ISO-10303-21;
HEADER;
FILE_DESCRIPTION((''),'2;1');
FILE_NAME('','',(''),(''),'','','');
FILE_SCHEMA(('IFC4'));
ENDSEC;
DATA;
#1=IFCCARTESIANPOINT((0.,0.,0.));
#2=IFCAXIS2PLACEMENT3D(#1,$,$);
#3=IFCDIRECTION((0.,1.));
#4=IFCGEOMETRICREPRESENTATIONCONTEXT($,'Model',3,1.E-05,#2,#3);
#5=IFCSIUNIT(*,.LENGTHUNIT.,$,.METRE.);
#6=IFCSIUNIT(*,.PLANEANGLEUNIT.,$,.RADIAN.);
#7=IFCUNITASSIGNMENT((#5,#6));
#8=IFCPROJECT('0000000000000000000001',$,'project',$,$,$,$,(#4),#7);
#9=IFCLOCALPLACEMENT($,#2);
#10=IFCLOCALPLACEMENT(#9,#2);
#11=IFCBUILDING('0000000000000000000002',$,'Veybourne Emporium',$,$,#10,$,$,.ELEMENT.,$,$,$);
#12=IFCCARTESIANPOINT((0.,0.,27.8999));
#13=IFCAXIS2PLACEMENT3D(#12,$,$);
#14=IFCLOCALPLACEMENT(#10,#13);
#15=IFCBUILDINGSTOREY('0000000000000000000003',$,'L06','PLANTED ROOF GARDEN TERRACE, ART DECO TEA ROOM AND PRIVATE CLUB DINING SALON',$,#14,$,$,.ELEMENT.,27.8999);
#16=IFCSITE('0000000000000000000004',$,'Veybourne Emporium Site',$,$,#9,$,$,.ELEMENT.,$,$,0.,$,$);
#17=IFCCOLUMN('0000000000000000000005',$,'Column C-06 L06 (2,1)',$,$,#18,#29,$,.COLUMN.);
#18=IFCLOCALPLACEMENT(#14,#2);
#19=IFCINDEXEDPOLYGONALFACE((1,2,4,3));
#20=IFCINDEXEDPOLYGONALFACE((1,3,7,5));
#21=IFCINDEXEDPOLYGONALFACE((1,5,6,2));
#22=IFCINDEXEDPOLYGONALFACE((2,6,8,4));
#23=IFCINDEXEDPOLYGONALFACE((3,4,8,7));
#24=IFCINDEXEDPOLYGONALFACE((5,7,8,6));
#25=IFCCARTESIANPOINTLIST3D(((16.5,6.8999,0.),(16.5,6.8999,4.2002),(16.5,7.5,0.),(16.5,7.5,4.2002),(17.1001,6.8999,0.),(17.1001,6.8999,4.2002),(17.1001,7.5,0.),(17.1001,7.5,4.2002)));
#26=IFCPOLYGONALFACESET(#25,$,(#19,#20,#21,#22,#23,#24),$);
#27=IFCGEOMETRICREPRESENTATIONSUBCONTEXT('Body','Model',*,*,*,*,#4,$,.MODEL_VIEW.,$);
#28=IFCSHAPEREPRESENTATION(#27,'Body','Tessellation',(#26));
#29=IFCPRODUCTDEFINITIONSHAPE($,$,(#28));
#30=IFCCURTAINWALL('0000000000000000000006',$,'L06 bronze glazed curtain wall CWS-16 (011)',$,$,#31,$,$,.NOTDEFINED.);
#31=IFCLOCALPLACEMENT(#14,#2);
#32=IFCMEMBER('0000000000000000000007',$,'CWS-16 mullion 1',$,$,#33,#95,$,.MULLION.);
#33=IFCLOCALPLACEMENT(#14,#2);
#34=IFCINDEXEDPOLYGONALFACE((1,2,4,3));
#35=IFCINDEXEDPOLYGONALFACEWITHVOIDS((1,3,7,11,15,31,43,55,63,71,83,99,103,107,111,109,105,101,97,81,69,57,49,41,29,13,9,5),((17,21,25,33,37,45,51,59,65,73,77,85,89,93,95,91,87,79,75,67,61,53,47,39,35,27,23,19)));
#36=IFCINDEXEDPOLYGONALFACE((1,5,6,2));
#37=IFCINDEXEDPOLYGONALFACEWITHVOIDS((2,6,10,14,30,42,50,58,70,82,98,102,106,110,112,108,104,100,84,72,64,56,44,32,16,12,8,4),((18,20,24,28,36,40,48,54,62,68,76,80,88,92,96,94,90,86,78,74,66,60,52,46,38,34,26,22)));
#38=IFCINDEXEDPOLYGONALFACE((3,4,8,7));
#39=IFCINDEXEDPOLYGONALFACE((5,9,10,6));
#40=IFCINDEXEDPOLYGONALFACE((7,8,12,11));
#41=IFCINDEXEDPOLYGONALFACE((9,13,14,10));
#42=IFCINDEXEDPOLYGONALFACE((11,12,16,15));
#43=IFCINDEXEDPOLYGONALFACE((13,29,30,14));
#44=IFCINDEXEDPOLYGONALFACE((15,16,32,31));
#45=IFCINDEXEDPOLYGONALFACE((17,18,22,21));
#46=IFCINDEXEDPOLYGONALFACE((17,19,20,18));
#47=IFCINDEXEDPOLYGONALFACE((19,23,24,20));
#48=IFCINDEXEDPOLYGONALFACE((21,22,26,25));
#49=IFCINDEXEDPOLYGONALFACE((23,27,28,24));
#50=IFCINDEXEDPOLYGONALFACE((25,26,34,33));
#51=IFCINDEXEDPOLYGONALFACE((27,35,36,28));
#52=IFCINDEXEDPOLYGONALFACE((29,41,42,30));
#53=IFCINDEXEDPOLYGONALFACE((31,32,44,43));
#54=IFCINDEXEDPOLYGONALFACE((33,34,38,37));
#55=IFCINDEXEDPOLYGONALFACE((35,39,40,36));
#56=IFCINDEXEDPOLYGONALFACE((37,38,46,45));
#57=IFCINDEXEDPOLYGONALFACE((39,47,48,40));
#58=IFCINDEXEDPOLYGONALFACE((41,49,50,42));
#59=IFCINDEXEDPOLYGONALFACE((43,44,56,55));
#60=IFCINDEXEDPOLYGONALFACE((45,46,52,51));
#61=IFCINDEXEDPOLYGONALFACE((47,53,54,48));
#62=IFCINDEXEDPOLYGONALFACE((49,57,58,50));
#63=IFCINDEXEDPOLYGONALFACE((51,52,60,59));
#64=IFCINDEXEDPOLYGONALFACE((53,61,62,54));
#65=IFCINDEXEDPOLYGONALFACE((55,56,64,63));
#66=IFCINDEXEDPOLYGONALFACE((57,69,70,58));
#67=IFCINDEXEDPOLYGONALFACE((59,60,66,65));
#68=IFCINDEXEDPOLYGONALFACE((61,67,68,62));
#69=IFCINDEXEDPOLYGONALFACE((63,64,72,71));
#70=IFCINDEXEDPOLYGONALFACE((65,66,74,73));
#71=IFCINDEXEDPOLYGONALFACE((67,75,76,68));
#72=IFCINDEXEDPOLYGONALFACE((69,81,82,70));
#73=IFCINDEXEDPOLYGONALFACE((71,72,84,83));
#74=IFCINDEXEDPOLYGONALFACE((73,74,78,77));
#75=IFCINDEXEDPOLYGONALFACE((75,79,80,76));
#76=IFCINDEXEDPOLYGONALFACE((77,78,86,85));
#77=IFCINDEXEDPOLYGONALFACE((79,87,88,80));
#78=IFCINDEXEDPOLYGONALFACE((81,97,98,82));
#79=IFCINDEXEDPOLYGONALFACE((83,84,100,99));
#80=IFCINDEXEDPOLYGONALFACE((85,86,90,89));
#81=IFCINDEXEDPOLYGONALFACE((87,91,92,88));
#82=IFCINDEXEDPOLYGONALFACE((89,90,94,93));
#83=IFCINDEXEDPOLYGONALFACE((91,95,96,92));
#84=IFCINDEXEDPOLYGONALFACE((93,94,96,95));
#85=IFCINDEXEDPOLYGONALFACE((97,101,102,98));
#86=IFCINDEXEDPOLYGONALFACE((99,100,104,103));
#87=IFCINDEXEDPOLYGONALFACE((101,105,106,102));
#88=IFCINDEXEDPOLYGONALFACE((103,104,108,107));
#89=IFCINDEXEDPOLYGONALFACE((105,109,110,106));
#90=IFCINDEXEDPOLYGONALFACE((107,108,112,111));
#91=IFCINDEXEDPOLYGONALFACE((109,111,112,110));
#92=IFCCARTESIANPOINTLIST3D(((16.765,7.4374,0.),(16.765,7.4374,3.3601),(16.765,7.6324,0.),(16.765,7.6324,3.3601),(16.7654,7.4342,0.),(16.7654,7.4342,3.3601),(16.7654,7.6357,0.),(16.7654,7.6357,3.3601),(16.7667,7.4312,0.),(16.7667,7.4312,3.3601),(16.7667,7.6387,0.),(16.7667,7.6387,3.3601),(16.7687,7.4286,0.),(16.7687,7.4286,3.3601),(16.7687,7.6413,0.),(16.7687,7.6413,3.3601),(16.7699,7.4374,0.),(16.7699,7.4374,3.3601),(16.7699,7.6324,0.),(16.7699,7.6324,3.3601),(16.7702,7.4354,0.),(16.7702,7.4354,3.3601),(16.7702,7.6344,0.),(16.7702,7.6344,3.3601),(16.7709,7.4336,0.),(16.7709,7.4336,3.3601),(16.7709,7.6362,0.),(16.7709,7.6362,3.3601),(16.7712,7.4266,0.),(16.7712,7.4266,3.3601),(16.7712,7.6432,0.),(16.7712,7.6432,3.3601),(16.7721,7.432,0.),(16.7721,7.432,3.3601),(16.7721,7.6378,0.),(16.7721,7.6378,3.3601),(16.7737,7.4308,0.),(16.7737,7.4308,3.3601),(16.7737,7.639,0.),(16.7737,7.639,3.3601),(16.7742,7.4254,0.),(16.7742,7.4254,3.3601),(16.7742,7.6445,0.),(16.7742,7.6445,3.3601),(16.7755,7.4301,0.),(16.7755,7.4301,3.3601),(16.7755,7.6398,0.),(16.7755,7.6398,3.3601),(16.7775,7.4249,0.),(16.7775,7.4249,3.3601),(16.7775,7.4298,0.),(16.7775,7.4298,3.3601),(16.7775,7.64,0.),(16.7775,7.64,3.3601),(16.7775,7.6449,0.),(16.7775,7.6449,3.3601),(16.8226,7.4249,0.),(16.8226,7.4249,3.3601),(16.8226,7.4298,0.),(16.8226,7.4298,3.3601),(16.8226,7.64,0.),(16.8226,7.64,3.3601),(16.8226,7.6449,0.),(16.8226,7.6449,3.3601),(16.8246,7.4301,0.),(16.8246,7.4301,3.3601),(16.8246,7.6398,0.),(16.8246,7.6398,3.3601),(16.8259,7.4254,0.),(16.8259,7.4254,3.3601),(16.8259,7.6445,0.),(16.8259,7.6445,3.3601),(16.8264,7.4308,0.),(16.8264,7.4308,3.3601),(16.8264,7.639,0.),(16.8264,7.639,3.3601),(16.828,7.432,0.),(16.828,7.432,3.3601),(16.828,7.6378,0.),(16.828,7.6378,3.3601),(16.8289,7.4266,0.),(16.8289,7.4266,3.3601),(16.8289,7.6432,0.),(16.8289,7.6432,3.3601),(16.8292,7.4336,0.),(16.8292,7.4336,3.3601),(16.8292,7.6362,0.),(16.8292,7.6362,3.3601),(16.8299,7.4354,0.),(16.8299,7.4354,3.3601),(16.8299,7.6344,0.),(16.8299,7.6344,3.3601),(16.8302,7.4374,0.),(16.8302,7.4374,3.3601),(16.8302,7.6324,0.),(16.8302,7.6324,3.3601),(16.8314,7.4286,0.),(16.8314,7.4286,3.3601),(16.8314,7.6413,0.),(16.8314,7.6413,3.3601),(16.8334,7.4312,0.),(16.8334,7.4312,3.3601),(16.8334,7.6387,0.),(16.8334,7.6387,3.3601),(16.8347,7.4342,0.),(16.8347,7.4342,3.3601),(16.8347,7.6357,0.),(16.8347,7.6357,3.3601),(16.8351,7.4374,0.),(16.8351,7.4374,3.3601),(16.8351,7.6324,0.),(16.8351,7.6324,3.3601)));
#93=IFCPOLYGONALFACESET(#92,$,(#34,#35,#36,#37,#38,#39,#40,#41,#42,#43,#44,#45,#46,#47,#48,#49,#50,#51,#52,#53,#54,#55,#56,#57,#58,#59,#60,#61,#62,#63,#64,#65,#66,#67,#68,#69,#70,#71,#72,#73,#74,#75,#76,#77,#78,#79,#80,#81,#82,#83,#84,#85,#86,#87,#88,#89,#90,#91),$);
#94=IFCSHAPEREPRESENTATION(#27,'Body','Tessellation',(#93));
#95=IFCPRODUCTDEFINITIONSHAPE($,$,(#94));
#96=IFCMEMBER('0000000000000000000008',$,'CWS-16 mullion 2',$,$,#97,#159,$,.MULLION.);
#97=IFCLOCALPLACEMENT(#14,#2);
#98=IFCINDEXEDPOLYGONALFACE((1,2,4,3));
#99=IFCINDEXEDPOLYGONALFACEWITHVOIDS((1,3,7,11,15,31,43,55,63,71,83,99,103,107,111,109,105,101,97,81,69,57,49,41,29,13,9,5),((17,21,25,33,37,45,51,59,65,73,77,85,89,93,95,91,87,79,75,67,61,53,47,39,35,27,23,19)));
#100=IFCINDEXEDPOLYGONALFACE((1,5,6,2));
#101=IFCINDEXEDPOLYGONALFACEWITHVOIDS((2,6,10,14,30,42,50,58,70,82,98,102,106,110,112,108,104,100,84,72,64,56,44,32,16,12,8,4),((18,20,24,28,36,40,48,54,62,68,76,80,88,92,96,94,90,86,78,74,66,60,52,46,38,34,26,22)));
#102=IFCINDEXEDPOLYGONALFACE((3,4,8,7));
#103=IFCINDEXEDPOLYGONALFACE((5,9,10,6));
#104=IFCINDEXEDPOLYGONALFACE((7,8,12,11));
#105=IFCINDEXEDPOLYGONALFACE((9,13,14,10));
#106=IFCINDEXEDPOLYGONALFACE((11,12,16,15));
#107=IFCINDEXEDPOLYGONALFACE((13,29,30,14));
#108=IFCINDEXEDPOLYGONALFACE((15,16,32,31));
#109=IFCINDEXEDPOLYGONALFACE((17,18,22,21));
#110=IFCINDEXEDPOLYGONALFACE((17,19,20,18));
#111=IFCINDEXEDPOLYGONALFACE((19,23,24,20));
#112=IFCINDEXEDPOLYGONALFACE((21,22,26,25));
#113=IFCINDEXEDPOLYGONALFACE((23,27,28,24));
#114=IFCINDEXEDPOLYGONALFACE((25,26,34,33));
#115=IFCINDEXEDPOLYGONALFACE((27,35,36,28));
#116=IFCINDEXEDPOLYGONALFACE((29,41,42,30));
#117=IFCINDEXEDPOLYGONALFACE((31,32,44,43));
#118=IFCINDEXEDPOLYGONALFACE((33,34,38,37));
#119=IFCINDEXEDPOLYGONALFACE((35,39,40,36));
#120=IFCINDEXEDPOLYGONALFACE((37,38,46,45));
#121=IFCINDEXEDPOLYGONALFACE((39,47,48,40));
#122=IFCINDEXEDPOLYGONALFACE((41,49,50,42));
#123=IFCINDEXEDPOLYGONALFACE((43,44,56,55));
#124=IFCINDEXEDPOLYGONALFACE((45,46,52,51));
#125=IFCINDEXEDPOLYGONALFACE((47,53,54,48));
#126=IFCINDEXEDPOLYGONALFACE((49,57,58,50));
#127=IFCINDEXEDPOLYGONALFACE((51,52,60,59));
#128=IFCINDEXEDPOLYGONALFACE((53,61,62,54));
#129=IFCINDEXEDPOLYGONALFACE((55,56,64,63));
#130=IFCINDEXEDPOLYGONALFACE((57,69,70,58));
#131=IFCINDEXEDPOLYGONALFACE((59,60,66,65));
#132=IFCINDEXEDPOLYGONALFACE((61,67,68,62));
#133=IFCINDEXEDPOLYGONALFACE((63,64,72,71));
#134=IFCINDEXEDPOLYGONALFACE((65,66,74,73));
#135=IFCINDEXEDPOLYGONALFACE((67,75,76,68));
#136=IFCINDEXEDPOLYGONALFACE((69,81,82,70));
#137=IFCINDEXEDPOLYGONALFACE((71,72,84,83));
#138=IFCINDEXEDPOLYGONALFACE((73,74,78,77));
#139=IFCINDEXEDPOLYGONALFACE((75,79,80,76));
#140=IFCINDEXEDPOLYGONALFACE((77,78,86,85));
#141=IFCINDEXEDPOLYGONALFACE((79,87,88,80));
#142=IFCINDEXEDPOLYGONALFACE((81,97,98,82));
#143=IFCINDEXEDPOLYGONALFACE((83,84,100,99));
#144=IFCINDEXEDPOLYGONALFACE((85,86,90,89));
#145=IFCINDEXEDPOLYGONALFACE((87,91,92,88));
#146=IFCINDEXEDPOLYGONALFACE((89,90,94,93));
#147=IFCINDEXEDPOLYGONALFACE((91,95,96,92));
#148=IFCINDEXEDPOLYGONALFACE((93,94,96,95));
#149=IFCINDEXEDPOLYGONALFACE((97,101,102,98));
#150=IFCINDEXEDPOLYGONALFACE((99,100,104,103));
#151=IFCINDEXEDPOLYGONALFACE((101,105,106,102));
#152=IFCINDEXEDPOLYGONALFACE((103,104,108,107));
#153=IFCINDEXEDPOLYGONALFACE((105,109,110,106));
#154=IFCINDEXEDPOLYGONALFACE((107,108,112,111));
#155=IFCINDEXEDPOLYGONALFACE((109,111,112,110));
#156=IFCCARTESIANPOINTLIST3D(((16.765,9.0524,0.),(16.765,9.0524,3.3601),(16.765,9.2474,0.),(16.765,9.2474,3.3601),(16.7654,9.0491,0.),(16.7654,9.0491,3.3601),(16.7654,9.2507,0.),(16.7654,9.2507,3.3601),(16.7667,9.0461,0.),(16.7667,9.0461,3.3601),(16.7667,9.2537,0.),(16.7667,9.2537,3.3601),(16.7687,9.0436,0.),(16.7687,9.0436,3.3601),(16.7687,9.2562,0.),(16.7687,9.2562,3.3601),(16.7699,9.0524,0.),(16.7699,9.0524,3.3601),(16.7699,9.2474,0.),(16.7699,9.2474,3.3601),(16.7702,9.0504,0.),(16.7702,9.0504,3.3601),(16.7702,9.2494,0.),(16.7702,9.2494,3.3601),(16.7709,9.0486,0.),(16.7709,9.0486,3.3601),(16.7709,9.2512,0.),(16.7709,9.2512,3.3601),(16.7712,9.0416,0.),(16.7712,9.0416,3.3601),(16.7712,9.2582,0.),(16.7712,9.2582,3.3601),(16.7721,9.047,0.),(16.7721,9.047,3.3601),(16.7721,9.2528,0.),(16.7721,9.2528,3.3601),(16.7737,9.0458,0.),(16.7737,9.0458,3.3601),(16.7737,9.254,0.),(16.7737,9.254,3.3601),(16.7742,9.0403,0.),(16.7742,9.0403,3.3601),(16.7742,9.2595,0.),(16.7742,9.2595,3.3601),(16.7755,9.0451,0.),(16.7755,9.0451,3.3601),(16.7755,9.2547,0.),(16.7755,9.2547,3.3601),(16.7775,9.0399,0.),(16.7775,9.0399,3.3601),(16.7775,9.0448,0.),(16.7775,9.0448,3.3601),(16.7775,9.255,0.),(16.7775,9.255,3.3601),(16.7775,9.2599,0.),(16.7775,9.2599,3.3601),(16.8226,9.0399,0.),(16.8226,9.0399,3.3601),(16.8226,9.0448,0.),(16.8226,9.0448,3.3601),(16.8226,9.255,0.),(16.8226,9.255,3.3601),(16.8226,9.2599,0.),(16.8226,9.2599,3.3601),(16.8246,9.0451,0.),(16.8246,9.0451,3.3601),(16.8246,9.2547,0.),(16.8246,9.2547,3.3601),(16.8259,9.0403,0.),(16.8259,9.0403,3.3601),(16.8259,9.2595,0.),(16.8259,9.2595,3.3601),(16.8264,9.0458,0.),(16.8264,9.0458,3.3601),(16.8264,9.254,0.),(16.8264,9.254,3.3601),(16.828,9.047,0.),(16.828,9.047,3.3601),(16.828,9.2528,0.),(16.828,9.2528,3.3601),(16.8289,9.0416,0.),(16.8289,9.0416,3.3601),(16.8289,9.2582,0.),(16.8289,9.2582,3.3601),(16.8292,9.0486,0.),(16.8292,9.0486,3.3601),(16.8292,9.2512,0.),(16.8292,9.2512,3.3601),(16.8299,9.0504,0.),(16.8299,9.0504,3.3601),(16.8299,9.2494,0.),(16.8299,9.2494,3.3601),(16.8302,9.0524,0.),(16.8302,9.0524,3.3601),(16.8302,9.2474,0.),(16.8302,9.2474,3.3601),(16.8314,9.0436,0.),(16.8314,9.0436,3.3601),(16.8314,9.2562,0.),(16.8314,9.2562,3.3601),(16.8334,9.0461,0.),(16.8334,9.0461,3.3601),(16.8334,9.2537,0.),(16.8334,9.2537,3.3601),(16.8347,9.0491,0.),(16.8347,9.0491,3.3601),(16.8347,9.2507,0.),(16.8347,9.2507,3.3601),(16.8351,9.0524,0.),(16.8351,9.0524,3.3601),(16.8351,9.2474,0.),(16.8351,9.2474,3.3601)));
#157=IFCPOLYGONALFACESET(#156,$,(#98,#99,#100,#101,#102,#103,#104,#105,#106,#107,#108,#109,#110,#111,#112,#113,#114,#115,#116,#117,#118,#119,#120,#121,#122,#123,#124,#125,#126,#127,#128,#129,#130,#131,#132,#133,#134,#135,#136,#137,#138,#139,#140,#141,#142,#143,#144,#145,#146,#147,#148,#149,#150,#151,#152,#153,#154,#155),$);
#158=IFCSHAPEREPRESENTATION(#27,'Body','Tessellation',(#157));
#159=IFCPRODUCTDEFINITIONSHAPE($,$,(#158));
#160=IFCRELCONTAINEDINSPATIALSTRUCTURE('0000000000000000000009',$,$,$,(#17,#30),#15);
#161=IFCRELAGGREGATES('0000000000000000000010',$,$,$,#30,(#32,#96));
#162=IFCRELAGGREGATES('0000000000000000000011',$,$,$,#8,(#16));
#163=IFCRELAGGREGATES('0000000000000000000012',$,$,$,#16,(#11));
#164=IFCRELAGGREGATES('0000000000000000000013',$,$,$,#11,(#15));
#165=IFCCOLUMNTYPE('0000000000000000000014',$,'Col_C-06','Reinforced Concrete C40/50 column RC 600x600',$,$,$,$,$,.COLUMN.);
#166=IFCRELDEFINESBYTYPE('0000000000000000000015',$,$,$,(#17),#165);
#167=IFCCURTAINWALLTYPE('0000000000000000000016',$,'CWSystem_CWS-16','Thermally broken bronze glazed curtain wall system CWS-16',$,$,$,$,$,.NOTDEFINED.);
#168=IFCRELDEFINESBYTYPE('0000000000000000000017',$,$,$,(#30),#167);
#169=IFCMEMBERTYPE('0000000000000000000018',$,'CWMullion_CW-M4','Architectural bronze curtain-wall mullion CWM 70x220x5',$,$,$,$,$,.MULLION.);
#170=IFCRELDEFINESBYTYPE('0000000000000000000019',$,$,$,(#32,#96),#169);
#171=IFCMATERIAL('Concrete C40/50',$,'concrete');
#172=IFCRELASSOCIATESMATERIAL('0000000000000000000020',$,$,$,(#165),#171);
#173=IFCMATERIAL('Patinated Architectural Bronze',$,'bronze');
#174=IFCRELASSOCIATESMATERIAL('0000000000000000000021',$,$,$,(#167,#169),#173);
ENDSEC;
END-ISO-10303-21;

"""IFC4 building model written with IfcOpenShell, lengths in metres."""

from ifc_helpers import new_model, si_unit, direction, frame, origin, origin_2d, place, context, subcontext, project, spatial, rectangle, hollow_rectangle, extrude, material, material_profile, profile_set, type_object, element, aggregate, save


model = new_model("IFC4")

# Units and contexts
model_context = context("Model", 3, precision=1e-05, world=origin(), true_north=direction((0.0, 1.0)))
body_context = subcontext(model_context, "Body", "Model", "MODEL_VIEW")
ifc_project = project(units=[si_unit("LENGTHUNIT", "METRE"), si_unit("PLANEANGLEUNIT", "RADIAN")], contexts=[model_context])

# Site, building, storey
site_placement = place(None, origin())
site = spatial("IfcSite", under=ifc_project, at=site_placement, Name="Veybourne Emporium Site", CompositionType="ELEMENT", RefElevation=0.0)
building_placement = place(site_placement, origin())
building = spatial("IfcBuilding", under=site, at=building_placement, Name="Veybourne Emporium", CompositionType="ELEMENT")
storey_placement = place(building_placement, frame((0.0, 0.0, 27.8999)))
storey = spatial("IfcBuildingStorey", under=building, at=storey_placement, Name="L06", Description="PLANTED ROOF GARDEN TERRACE, ART DECO TEA ROOM AND PRIVATE CLUB DINING SALON", CompositionType="ELEMENT", Elevation=27.8999)

# Column
ifc_material_1 = material(Name="Concrete C40/50", Category="concrete")
ifc_material_profile_1 = material_profile(ifc_material_1, rectangle(XDim=0.6001, YDim=0.6001, at=origin_2d()), Name="RC 600x600")
ifc_profile_set_1 = profile_set([ifc_material_profile_1], Name="Concrete C40/50")
column_type = type_object("IfcColumnType", Name="Col_C-06", Description="Reinforced Concrete C40/50 column RC 600x600", PredefinedType="COLUMN", material=ifc_profile_set_1)
column_placement = place(storey_placement, frame((16.8, 7.2, 0.0), z_axis=(0.0, 0.0, 1.0), x_axis=(1.0, 0.0, 0.0)))
element("IfcColumn", 1, at=column_placement, inside=storey, type_object=column_type, Name="Column C-06 L06 (2,1)", PredefinedType="COLUMN", context=body_context, shape_type="SweptSolid", body=[
    extrude(rectangle(XDim=0.6001, YDim=0.6001, at=origin_2d()), origin(), (0.0, 0.0, 1.0), 4.2002),
])

# Curtain wall, members
ifc_material_2 = material(Name="Patinated Architectural Bronze", Category="bronze")
curtain_wall_type_1 = type_object("IfcCurtainWallType", Name="CWSystem_CWS-16", Description="Thermally broken bronze glazed curtain wall system CWS-16", PredefinedType="NOTDEFINED", material=ifc_material_2)
curtain_wall_1_placement = place(storey_placement, origin())
curtain_wall_1 = element("IfcCurtainWall", 2, at=curtain_wall_1_placement, inside=storey, type_object=curtain_wall_type_1, Name="L06 bronze glazed curtain wall CWS-16 (011)", PredefinedType="NOTDEFINED")
ifc_material_profile_2 = material_profile(ifc_material_2, hollow_rectangle(XDim=0.0701, YDim=0.22, WallThickness=0.0049, InnerFilletRadius=0.0076, OuterFilletRadius=0.0125, at=origin_2d()), Name="CWM 70x220x5")
ifc_profile_set_2 = profile_set([ifc_material_profile_2], Name="Patinated Architectural Bronze")
member_type_1 = type_object("IfcMemberType", Name="CWMullion_CW-M4", Description="Architectural bronze curtain-wall mullion CWM 70x220x5", PredefinedType="MULLION", material=ifc_profile_set_2)
member_1_placement = place(storey_placement, frame((16.8, 7.5349, 0.0), z_axis=(0.0, 0.0, 1.0), x_axis=(-1.0, 0.0, 0.0)))
member_1 = element("IfcMember", 3, at=member_1_placement, type_object=member_type_1, Name="CWS-16 mullion 1", PredefinedType="MULLION", context=body_context, shape_type="SweptSolid", body=[
    extrude(hollow_rectangle(XDim=0.0701, YDim=0.22, WallThickness=0.0049, InnerFilletRadius=0.0076, OuterFilletRadius=0.0125, at=origin_2d()), origin(), (0.0, 0.0, 1.0), 3.3601),
])
member_2_placement = place(storey_placement, frame((16.8, 9.1499, 0.0), z_axis=(0.0, 0.0, 1.0), x_axis=(-1.0, 0.0, 0.0)))
member_2 = element("IfcMember", 4, at=member_2_placement, type_object=member_type_1, Name="CWS-16 mullion 2", PredefinedType="MULLION", context=body_context, shape_type="SweptSolid", body=[
    extrude(hollow_rectangle(XDim=0.0701, YDim=0.22, WallThickness=0.0049, InnerFilletRadius=0.0076, OuterFilletRadius=0.0125, at=origin_2d()), origin(), (0.0, 0.0, 1.0), 3.3601),
])

aggregate(curtain_wall_1, [member_1, member_2])

save(model, "model.ifc")
